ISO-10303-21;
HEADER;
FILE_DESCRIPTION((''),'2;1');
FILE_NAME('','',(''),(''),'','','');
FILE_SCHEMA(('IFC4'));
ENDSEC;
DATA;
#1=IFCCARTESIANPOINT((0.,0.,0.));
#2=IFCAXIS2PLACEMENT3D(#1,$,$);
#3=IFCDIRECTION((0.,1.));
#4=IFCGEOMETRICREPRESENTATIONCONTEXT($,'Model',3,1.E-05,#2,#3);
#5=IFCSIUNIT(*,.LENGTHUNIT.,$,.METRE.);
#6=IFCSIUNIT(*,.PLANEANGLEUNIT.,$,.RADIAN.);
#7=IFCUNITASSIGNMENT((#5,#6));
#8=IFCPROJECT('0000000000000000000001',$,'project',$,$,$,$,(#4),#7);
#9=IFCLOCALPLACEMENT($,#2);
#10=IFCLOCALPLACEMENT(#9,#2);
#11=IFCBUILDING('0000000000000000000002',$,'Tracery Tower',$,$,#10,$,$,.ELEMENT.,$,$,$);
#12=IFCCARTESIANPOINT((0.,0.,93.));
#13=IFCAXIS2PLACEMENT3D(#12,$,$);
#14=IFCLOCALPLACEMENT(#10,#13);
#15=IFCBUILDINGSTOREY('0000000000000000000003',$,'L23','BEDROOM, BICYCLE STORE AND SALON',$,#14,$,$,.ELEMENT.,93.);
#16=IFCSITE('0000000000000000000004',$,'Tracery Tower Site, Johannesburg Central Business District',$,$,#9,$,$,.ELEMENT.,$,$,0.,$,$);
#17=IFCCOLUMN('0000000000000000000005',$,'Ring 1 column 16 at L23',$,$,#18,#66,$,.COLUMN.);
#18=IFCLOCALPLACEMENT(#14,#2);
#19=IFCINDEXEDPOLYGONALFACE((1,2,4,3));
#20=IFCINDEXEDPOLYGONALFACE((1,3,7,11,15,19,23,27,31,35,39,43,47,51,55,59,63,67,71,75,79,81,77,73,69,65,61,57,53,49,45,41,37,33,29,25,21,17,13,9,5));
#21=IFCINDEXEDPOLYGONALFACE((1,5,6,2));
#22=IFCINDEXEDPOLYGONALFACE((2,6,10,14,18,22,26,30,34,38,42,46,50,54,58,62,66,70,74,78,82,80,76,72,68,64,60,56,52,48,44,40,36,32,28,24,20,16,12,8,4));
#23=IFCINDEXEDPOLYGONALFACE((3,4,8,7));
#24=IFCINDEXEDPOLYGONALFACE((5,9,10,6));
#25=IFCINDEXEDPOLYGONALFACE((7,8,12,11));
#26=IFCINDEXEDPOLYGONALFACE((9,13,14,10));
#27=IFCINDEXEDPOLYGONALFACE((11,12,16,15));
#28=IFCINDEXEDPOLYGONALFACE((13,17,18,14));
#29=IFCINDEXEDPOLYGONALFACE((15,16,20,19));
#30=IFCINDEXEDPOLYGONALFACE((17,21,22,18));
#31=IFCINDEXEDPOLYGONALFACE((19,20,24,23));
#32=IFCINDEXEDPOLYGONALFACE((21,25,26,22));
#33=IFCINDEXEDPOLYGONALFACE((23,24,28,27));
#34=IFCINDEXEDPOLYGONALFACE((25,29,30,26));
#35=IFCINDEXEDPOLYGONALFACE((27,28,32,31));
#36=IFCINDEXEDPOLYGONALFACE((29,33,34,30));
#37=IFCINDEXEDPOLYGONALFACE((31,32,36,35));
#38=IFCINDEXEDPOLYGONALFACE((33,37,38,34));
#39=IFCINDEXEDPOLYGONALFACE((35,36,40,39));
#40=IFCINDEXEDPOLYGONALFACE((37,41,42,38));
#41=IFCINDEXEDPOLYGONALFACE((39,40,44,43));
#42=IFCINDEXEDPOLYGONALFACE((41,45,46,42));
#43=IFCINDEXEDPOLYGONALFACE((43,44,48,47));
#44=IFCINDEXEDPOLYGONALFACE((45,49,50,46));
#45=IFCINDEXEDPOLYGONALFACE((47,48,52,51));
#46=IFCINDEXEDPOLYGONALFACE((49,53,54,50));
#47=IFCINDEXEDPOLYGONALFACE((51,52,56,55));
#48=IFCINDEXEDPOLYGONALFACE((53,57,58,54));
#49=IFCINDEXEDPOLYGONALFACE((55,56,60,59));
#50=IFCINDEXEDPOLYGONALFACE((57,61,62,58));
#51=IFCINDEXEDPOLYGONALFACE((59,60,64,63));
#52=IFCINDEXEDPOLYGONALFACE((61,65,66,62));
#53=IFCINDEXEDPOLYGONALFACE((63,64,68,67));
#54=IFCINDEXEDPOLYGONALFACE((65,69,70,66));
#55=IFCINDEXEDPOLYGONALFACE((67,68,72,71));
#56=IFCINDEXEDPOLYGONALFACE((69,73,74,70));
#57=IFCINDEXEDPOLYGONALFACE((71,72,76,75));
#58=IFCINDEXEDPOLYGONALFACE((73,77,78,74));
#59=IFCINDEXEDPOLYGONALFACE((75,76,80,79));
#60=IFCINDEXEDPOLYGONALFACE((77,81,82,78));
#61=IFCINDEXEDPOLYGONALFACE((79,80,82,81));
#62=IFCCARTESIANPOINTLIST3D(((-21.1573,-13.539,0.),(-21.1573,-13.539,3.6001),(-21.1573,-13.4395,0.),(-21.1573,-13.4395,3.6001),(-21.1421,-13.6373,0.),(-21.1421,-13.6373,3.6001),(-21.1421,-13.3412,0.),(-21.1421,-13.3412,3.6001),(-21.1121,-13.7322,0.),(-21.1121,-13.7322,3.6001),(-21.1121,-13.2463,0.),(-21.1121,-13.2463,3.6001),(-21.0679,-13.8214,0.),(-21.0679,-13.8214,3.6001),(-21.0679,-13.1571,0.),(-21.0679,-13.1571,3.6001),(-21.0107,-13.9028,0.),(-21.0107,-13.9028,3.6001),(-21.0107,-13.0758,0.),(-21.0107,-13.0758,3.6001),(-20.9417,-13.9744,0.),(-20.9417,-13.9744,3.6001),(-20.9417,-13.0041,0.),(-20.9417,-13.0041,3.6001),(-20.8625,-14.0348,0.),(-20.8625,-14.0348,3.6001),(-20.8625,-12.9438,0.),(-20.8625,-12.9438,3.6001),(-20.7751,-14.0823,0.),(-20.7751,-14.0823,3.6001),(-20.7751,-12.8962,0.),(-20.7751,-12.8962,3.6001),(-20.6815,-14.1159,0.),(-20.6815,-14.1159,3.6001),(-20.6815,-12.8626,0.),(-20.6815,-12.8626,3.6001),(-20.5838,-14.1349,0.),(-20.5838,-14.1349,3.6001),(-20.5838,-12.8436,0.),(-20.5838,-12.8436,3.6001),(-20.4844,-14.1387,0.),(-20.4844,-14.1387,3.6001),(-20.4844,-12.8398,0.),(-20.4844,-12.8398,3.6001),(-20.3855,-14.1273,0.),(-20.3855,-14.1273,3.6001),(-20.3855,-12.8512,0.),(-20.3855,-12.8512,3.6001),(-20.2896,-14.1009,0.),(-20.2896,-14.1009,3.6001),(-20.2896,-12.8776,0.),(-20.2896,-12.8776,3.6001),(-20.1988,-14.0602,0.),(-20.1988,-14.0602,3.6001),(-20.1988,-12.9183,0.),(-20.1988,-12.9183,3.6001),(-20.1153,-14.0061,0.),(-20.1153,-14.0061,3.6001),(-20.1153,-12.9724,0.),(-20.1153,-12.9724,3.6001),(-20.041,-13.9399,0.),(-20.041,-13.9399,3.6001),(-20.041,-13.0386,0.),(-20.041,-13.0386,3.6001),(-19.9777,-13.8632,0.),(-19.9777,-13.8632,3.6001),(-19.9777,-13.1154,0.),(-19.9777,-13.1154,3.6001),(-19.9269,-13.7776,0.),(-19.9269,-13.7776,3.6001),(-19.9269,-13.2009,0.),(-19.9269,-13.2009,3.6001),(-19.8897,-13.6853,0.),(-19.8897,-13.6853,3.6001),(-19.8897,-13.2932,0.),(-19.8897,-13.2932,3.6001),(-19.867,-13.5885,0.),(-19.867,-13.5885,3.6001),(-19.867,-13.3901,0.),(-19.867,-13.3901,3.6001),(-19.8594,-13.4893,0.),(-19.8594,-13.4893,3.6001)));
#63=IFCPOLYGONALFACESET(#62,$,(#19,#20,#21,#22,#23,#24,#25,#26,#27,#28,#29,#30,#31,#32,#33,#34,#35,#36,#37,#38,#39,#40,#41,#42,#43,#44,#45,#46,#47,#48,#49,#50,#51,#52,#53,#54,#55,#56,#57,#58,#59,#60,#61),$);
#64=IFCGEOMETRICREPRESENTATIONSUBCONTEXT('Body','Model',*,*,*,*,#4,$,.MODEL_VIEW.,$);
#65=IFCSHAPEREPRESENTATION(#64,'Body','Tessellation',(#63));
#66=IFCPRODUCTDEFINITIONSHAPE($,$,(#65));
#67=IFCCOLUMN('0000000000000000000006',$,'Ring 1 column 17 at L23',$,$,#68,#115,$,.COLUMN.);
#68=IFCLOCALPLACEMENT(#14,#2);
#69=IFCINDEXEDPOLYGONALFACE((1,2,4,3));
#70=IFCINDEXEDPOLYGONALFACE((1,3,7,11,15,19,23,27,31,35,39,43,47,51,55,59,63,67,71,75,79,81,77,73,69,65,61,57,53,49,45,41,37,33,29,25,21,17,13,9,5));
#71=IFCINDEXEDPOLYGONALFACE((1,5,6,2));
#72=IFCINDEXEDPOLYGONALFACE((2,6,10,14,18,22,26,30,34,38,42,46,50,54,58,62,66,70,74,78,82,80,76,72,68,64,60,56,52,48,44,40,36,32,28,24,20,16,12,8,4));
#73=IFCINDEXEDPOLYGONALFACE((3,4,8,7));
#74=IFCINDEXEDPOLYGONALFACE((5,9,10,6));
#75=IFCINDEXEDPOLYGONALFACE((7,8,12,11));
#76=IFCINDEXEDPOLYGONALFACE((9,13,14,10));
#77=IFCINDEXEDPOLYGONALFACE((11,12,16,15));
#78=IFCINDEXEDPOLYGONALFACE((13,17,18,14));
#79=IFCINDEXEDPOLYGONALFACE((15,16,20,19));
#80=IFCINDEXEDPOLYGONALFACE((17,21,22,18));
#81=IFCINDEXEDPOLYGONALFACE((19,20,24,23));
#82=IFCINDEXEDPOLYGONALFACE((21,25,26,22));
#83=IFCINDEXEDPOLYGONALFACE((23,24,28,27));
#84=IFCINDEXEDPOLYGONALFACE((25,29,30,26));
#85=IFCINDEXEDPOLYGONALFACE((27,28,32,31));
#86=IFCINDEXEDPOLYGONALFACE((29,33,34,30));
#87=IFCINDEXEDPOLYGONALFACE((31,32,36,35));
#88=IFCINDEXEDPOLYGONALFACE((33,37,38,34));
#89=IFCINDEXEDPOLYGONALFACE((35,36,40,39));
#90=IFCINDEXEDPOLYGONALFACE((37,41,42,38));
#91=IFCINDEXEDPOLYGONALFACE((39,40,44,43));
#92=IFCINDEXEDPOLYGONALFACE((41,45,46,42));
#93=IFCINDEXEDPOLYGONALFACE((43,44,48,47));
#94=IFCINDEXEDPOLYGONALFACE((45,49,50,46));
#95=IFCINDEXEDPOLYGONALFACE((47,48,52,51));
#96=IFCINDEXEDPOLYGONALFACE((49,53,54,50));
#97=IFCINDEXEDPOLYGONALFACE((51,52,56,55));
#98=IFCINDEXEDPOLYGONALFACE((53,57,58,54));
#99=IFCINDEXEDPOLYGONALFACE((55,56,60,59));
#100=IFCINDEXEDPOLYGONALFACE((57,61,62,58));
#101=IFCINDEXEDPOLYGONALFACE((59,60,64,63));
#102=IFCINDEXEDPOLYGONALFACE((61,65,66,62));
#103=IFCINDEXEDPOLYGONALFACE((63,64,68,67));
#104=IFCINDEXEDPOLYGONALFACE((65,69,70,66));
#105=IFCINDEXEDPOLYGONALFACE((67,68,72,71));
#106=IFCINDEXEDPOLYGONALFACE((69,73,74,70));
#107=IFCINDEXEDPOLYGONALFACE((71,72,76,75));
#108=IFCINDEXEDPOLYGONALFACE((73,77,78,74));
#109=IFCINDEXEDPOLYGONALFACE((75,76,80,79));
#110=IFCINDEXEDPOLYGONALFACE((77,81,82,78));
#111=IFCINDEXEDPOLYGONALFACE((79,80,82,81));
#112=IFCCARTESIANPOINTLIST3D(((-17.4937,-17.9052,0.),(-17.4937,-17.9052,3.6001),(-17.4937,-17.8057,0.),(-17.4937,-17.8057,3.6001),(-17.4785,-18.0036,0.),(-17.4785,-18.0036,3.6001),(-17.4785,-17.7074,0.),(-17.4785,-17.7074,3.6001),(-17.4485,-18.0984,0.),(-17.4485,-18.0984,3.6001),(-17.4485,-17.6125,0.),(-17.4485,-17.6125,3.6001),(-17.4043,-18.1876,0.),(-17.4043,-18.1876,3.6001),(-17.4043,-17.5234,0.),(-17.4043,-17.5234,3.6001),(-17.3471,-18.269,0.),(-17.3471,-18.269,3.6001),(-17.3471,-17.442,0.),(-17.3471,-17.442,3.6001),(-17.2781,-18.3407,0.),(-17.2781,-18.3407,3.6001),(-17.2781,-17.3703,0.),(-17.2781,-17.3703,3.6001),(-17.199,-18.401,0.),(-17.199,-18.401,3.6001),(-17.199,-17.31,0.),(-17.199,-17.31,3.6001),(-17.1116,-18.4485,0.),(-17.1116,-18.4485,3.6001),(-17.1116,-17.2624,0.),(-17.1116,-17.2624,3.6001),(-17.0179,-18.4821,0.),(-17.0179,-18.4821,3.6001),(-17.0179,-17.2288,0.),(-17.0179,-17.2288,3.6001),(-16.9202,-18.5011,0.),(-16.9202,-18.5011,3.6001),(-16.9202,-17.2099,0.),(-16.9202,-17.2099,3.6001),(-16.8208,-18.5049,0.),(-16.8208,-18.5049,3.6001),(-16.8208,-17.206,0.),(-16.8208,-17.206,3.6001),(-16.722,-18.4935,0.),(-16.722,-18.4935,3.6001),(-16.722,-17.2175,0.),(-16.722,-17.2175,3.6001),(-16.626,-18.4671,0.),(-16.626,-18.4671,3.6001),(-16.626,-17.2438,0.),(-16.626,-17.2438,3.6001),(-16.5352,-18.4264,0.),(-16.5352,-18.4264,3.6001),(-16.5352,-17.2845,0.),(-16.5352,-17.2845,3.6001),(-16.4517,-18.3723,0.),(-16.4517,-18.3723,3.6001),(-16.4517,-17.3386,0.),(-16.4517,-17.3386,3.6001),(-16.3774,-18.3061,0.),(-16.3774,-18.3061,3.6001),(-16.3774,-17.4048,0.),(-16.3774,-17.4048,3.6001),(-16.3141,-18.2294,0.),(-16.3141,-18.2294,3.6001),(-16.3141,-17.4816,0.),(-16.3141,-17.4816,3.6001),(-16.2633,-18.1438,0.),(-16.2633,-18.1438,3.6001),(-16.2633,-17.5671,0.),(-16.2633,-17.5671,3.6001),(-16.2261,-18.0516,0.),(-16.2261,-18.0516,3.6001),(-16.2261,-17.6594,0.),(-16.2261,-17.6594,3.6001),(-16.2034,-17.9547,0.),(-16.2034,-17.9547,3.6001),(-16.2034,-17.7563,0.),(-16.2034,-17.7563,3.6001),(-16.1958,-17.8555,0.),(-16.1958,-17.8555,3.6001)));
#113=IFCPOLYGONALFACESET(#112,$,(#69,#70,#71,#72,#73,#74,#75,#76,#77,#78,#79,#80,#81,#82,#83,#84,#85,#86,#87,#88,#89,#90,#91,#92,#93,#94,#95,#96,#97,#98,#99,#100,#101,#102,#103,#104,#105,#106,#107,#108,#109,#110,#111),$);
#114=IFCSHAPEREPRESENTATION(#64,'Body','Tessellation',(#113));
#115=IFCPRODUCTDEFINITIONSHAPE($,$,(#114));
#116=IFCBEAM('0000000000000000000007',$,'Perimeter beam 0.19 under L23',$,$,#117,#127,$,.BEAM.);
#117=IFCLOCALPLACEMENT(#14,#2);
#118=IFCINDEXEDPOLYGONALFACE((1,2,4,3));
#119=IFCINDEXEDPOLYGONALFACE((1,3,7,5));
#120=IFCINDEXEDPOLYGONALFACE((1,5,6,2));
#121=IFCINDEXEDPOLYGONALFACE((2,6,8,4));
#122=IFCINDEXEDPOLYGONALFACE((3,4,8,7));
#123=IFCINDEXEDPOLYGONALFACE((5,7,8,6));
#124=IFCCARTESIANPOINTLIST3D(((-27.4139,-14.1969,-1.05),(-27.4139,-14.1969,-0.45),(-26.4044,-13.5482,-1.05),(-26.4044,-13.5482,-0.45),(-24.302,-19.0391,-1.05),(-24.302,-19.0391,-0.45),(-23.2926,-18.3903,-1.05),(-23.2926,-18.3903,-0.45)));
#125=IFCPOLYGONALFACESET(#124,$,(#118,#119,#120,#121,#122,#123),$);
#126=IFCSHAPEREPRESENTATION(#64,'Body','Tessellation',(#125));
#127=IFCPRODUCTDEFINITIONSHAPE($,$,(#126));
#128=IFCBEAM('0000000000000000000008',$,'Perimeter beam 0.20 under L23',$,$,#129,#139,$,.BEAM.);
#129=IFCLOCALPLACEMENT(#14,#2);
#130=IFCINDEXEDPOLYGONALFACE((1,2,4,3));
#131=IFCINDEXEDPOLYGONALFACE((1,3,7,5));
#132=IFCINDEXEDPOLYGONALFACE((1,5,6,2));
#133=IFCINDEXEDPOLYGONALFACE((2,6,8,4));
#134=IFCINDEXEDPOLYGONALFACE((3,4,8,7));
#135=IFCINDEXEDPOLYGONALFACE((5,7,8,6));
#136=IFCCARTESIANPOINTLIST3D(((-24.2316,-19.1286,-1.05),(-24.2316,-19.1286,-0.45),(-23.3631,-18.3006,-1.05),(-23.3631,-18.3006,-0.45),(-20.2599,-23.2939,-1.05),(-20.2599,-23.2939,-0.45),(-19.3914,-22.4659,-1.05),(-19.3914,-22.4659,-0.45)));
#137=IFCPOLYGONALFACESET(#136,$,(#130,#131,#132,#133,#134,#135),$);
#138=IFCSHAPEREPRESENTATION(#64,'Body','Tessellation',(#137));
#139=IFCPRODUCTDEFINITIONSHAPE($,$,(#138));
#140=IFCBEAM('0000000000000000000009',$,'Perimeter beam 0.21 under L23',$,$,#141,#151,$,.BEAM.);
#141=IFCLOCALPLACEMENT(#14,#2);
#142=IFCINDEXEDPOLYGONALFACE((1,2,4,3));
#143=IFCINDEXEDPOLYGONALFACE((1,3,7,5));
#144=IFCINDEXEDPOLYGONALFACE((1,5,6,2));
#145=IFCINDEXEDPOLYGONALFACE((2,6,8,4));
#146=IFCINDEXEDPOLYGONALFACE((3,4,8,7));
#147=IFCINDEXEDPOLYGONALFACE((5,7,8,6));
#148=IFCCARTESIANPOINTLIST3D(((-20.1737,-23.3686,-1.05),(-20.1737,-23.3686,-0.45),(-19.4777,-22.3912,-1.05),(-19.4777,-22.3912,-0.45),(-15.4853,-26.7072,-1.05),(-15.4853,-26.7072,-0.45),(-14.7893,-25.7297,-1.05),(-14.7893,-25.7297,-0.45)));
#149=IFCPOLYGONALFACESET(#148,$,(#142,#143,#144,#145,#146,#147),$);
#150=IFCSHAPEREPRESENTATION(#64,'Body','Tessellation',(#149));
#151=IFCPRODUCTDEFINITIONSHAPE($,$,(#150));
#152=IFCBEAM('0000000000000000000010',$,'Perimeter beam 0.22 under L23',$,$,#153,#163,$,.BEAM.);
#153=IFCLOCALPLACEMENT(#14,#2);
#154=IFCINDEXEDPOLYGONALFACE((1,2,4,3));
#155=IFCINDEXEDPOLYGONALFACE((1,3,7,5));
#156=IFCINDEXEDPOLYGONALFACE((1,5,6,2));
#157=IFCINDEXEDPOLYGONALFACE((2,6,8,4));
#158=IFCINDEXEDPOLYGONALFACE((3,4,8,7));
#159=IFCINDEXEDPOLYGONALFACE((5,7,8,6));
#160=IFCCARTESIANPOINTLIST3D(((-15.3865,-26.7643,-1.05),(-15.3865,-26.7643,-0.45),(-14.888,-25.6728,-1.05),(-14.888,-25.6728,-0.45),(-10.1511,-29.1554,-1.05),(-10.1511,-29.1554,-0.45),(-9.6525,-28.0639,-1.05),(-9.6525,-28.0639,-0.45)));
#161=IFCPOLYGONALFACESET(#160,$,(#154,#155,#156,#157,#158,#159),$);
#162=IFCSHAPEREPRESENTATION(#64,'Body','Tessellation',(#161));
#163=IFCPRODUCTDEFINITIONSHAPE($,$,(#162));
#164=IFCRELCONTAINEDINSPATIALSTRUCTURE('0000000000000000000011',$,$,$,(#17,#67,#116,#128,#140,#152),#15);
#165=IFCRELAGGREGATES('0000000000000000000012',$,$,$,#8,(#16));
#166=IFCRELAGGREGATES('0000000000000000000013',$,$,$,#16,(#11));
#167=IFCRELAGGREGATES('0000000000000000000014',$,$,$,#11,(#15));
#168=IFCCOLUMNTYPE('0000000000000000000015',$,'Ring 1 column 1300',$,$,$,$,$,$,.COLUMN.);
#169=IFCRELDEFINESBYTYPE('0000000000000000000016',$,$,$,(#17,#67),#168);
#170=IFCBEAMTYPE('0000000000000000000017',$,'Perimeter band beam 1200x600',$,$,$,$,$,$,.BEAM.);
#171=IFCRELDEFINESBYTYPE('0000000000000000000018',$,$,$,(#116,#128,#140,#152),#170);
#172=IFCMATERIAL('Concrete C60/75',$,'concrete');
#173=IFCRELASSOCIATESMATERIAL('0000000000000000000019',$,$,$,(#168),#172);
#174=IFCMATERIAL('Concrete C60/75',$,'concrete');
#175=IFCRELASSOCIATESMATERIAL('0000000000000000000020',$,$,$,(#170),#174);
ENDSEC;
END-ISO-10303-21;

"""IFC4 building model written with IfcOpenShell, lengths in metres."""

from ifc_helpers import new_model, si_unit, direction, frame, origin, origin_2d, place, context, subcontext, project, spatial, rectangle, circle, extrude, material, material_profile, profile_set, type_object, element, save


model = new_model("IFC4")

# Units and contexts
model_context = context("Model", 3, precision=1e-05, world=origin(), true_north=direction((0.0, 1.0)))
body_context = subcontext(model_context, "Body", "Model", "MODEL_VIEW")
ifc_project = project(units=[si_unit("LENGTHUNIT", "METRE"), si_unit("PLANEANGLEUNIT", "RADIAN")], contexts=[model_context])

# Site, building, storey
site_placement = place(None, origin())
site = spatial("IfcSite", under=ifc_project, at=site_placement, Name="Tracery Tower Site, Johannesburg Central Business District", CompositionType="ELEMENT", RefElevation=0.0)
building_placement = place(site_placement, origin())
building = spatial("IfcBuilding", under=site, at=building_placement, Name="Tracery Tower", CompositionType="ELEMENT")
storey_placement = place(building_placement, frame((0.0, 0.0, 93.0)))
storey = spatial("IfcBuildingStorey", under=building, at=storey_placement, Name="L23", Description="BEDROOM, BICYCLE STORE AND SALON", CompositionType="ELEMENT", Elevation=93.0)

# Columns
ifc_material_1 = material(Name="Concrete C60/75", Category="concrete")
ifc_material_profile_1 = material_profile(ifc_material_1, circle(Radius=0.6499, at=origin_2d()), Name="RC D1300")
ifc_profile_set_1 = profile_set([ifc_material_profile_1], Name="Concrete C60/75")
column_type_1 = type_object("IfcColumnType", Name="Ring 1 column 1300", PredefinedType="COLUMN", material=ifc_profile_set_1)
for number, where, z_axis, x_axis, name in (
    (1, (-20.5093, -13.4893, 0.0), (0.0, 0.0, 1.0), (1.0, 0.0, 0.0), "Ring 1 column 16 at L23"),
    (2, (-16.8457, -17.8555, 0.0), (0.0, 0.0, 1.0), (1.0, 0.0, 0.0), "Ring 1 column 17 at L23"),
):
    element("IfcColumn", number, at=place(storey_placement, frame(where, z_axis=z_axis, x_axis=x_axis)), inside=storey, type_object=column_type_1, Name=name, PredefinedType="COLUMN", context=body_context, shape_type="SweptSolid", body=[
        extrude(circle(Radius=0.6499, at=origin_2d()), origin(), (0.0, 0.0, 1.0), 3.6001),
    ])

# Beams
ifc_material_2 = material(Name="Concrete C60/75", Category="concrete")
ifc_material_profile_2 = material_profile(ifc_material_2, rectangle(XDim=1.2, YDim=0.6001, at=origin_2d()), Name="RC 1200x600")
ifc_profile_set_2 = profile_set([ifc_material_profile_2], Name="Concrete C60/75")
beam_type = type_object("IfcBeamType", Name="Perimeter band beam 1200x600", PredefinedType="BEAM", material=ifc_profile_set_2)
beam_1_placement = place(storey_placement, frame((-26.9092, -13.8726, -0.75), z_axis=(0.540644, -0.841252, 0.0), x_axis=(0.841252, 0.540644, 0.0)))
element("IfcBeam", 3, at=beam_1_placement, inside=storey, type_object=beam_type, Name="Perimeter beam 0.19 under L23", PredefinedType="BEAM", context=body_context, shape_type="SweptSolid", body=[
    extrude(rectangle(XDim=1.2, YDim=0.6001, at=origin_2d()), origin(), (0.0, 0.0, 1.0), 5.7559),
])
beam_2_placement = place(storey_placement, frame((-23.7974, -18.7146, -0.75), z_axis=(0.690087, -0.723726, 0.0), x_axis=(0.723726, 0.690087, 0.0)))
element("IfcBeam", 4, at=beam_2_placement, inside=storey, type_object=beam_type, Name="Perimeter beam 0.20 under L23", PredefinedType="BEAM", context=body_context, shape_type="SweptSolid", body=[
    extrude(rectangle(XDim=1.2, YDim=0.6001, at=origin_2d()), origin(), (0.0, 0.0, 1.0), 5.7554),
])
for number, where, z_axis, x_axis, name in (
    (5, (-19.8257, -22.8799, -0.75), (0.814578, -0.580054, 0.0), (0.580054, 0.814578, 0.0), "Perimeter beam 0.21 under L23"),
    (6, (-15.1372, -26.2185, -0.75), (0.909618, -0.415445, 0.0), (0.415445, 0.909618, 0.0), "Perimeter beam 0.22 under L23"),
):
    element("IfcBeam", number, at=place(storey_placement, frame(where, z_axis=z_axis, x_axis=x_axis)), inside=storey, type_object=beam_type, Name=name, PredefinedType="BEAM", context=body_context, shape_type="SweptSolid", body=[
        extrude(rectangle(XDim=1.2, YDim=0.6001, at=origin_2d()), origin(), (0.0, 0.0, 1.0), 5.7556),
    ])

save(model, "model.ifc")
